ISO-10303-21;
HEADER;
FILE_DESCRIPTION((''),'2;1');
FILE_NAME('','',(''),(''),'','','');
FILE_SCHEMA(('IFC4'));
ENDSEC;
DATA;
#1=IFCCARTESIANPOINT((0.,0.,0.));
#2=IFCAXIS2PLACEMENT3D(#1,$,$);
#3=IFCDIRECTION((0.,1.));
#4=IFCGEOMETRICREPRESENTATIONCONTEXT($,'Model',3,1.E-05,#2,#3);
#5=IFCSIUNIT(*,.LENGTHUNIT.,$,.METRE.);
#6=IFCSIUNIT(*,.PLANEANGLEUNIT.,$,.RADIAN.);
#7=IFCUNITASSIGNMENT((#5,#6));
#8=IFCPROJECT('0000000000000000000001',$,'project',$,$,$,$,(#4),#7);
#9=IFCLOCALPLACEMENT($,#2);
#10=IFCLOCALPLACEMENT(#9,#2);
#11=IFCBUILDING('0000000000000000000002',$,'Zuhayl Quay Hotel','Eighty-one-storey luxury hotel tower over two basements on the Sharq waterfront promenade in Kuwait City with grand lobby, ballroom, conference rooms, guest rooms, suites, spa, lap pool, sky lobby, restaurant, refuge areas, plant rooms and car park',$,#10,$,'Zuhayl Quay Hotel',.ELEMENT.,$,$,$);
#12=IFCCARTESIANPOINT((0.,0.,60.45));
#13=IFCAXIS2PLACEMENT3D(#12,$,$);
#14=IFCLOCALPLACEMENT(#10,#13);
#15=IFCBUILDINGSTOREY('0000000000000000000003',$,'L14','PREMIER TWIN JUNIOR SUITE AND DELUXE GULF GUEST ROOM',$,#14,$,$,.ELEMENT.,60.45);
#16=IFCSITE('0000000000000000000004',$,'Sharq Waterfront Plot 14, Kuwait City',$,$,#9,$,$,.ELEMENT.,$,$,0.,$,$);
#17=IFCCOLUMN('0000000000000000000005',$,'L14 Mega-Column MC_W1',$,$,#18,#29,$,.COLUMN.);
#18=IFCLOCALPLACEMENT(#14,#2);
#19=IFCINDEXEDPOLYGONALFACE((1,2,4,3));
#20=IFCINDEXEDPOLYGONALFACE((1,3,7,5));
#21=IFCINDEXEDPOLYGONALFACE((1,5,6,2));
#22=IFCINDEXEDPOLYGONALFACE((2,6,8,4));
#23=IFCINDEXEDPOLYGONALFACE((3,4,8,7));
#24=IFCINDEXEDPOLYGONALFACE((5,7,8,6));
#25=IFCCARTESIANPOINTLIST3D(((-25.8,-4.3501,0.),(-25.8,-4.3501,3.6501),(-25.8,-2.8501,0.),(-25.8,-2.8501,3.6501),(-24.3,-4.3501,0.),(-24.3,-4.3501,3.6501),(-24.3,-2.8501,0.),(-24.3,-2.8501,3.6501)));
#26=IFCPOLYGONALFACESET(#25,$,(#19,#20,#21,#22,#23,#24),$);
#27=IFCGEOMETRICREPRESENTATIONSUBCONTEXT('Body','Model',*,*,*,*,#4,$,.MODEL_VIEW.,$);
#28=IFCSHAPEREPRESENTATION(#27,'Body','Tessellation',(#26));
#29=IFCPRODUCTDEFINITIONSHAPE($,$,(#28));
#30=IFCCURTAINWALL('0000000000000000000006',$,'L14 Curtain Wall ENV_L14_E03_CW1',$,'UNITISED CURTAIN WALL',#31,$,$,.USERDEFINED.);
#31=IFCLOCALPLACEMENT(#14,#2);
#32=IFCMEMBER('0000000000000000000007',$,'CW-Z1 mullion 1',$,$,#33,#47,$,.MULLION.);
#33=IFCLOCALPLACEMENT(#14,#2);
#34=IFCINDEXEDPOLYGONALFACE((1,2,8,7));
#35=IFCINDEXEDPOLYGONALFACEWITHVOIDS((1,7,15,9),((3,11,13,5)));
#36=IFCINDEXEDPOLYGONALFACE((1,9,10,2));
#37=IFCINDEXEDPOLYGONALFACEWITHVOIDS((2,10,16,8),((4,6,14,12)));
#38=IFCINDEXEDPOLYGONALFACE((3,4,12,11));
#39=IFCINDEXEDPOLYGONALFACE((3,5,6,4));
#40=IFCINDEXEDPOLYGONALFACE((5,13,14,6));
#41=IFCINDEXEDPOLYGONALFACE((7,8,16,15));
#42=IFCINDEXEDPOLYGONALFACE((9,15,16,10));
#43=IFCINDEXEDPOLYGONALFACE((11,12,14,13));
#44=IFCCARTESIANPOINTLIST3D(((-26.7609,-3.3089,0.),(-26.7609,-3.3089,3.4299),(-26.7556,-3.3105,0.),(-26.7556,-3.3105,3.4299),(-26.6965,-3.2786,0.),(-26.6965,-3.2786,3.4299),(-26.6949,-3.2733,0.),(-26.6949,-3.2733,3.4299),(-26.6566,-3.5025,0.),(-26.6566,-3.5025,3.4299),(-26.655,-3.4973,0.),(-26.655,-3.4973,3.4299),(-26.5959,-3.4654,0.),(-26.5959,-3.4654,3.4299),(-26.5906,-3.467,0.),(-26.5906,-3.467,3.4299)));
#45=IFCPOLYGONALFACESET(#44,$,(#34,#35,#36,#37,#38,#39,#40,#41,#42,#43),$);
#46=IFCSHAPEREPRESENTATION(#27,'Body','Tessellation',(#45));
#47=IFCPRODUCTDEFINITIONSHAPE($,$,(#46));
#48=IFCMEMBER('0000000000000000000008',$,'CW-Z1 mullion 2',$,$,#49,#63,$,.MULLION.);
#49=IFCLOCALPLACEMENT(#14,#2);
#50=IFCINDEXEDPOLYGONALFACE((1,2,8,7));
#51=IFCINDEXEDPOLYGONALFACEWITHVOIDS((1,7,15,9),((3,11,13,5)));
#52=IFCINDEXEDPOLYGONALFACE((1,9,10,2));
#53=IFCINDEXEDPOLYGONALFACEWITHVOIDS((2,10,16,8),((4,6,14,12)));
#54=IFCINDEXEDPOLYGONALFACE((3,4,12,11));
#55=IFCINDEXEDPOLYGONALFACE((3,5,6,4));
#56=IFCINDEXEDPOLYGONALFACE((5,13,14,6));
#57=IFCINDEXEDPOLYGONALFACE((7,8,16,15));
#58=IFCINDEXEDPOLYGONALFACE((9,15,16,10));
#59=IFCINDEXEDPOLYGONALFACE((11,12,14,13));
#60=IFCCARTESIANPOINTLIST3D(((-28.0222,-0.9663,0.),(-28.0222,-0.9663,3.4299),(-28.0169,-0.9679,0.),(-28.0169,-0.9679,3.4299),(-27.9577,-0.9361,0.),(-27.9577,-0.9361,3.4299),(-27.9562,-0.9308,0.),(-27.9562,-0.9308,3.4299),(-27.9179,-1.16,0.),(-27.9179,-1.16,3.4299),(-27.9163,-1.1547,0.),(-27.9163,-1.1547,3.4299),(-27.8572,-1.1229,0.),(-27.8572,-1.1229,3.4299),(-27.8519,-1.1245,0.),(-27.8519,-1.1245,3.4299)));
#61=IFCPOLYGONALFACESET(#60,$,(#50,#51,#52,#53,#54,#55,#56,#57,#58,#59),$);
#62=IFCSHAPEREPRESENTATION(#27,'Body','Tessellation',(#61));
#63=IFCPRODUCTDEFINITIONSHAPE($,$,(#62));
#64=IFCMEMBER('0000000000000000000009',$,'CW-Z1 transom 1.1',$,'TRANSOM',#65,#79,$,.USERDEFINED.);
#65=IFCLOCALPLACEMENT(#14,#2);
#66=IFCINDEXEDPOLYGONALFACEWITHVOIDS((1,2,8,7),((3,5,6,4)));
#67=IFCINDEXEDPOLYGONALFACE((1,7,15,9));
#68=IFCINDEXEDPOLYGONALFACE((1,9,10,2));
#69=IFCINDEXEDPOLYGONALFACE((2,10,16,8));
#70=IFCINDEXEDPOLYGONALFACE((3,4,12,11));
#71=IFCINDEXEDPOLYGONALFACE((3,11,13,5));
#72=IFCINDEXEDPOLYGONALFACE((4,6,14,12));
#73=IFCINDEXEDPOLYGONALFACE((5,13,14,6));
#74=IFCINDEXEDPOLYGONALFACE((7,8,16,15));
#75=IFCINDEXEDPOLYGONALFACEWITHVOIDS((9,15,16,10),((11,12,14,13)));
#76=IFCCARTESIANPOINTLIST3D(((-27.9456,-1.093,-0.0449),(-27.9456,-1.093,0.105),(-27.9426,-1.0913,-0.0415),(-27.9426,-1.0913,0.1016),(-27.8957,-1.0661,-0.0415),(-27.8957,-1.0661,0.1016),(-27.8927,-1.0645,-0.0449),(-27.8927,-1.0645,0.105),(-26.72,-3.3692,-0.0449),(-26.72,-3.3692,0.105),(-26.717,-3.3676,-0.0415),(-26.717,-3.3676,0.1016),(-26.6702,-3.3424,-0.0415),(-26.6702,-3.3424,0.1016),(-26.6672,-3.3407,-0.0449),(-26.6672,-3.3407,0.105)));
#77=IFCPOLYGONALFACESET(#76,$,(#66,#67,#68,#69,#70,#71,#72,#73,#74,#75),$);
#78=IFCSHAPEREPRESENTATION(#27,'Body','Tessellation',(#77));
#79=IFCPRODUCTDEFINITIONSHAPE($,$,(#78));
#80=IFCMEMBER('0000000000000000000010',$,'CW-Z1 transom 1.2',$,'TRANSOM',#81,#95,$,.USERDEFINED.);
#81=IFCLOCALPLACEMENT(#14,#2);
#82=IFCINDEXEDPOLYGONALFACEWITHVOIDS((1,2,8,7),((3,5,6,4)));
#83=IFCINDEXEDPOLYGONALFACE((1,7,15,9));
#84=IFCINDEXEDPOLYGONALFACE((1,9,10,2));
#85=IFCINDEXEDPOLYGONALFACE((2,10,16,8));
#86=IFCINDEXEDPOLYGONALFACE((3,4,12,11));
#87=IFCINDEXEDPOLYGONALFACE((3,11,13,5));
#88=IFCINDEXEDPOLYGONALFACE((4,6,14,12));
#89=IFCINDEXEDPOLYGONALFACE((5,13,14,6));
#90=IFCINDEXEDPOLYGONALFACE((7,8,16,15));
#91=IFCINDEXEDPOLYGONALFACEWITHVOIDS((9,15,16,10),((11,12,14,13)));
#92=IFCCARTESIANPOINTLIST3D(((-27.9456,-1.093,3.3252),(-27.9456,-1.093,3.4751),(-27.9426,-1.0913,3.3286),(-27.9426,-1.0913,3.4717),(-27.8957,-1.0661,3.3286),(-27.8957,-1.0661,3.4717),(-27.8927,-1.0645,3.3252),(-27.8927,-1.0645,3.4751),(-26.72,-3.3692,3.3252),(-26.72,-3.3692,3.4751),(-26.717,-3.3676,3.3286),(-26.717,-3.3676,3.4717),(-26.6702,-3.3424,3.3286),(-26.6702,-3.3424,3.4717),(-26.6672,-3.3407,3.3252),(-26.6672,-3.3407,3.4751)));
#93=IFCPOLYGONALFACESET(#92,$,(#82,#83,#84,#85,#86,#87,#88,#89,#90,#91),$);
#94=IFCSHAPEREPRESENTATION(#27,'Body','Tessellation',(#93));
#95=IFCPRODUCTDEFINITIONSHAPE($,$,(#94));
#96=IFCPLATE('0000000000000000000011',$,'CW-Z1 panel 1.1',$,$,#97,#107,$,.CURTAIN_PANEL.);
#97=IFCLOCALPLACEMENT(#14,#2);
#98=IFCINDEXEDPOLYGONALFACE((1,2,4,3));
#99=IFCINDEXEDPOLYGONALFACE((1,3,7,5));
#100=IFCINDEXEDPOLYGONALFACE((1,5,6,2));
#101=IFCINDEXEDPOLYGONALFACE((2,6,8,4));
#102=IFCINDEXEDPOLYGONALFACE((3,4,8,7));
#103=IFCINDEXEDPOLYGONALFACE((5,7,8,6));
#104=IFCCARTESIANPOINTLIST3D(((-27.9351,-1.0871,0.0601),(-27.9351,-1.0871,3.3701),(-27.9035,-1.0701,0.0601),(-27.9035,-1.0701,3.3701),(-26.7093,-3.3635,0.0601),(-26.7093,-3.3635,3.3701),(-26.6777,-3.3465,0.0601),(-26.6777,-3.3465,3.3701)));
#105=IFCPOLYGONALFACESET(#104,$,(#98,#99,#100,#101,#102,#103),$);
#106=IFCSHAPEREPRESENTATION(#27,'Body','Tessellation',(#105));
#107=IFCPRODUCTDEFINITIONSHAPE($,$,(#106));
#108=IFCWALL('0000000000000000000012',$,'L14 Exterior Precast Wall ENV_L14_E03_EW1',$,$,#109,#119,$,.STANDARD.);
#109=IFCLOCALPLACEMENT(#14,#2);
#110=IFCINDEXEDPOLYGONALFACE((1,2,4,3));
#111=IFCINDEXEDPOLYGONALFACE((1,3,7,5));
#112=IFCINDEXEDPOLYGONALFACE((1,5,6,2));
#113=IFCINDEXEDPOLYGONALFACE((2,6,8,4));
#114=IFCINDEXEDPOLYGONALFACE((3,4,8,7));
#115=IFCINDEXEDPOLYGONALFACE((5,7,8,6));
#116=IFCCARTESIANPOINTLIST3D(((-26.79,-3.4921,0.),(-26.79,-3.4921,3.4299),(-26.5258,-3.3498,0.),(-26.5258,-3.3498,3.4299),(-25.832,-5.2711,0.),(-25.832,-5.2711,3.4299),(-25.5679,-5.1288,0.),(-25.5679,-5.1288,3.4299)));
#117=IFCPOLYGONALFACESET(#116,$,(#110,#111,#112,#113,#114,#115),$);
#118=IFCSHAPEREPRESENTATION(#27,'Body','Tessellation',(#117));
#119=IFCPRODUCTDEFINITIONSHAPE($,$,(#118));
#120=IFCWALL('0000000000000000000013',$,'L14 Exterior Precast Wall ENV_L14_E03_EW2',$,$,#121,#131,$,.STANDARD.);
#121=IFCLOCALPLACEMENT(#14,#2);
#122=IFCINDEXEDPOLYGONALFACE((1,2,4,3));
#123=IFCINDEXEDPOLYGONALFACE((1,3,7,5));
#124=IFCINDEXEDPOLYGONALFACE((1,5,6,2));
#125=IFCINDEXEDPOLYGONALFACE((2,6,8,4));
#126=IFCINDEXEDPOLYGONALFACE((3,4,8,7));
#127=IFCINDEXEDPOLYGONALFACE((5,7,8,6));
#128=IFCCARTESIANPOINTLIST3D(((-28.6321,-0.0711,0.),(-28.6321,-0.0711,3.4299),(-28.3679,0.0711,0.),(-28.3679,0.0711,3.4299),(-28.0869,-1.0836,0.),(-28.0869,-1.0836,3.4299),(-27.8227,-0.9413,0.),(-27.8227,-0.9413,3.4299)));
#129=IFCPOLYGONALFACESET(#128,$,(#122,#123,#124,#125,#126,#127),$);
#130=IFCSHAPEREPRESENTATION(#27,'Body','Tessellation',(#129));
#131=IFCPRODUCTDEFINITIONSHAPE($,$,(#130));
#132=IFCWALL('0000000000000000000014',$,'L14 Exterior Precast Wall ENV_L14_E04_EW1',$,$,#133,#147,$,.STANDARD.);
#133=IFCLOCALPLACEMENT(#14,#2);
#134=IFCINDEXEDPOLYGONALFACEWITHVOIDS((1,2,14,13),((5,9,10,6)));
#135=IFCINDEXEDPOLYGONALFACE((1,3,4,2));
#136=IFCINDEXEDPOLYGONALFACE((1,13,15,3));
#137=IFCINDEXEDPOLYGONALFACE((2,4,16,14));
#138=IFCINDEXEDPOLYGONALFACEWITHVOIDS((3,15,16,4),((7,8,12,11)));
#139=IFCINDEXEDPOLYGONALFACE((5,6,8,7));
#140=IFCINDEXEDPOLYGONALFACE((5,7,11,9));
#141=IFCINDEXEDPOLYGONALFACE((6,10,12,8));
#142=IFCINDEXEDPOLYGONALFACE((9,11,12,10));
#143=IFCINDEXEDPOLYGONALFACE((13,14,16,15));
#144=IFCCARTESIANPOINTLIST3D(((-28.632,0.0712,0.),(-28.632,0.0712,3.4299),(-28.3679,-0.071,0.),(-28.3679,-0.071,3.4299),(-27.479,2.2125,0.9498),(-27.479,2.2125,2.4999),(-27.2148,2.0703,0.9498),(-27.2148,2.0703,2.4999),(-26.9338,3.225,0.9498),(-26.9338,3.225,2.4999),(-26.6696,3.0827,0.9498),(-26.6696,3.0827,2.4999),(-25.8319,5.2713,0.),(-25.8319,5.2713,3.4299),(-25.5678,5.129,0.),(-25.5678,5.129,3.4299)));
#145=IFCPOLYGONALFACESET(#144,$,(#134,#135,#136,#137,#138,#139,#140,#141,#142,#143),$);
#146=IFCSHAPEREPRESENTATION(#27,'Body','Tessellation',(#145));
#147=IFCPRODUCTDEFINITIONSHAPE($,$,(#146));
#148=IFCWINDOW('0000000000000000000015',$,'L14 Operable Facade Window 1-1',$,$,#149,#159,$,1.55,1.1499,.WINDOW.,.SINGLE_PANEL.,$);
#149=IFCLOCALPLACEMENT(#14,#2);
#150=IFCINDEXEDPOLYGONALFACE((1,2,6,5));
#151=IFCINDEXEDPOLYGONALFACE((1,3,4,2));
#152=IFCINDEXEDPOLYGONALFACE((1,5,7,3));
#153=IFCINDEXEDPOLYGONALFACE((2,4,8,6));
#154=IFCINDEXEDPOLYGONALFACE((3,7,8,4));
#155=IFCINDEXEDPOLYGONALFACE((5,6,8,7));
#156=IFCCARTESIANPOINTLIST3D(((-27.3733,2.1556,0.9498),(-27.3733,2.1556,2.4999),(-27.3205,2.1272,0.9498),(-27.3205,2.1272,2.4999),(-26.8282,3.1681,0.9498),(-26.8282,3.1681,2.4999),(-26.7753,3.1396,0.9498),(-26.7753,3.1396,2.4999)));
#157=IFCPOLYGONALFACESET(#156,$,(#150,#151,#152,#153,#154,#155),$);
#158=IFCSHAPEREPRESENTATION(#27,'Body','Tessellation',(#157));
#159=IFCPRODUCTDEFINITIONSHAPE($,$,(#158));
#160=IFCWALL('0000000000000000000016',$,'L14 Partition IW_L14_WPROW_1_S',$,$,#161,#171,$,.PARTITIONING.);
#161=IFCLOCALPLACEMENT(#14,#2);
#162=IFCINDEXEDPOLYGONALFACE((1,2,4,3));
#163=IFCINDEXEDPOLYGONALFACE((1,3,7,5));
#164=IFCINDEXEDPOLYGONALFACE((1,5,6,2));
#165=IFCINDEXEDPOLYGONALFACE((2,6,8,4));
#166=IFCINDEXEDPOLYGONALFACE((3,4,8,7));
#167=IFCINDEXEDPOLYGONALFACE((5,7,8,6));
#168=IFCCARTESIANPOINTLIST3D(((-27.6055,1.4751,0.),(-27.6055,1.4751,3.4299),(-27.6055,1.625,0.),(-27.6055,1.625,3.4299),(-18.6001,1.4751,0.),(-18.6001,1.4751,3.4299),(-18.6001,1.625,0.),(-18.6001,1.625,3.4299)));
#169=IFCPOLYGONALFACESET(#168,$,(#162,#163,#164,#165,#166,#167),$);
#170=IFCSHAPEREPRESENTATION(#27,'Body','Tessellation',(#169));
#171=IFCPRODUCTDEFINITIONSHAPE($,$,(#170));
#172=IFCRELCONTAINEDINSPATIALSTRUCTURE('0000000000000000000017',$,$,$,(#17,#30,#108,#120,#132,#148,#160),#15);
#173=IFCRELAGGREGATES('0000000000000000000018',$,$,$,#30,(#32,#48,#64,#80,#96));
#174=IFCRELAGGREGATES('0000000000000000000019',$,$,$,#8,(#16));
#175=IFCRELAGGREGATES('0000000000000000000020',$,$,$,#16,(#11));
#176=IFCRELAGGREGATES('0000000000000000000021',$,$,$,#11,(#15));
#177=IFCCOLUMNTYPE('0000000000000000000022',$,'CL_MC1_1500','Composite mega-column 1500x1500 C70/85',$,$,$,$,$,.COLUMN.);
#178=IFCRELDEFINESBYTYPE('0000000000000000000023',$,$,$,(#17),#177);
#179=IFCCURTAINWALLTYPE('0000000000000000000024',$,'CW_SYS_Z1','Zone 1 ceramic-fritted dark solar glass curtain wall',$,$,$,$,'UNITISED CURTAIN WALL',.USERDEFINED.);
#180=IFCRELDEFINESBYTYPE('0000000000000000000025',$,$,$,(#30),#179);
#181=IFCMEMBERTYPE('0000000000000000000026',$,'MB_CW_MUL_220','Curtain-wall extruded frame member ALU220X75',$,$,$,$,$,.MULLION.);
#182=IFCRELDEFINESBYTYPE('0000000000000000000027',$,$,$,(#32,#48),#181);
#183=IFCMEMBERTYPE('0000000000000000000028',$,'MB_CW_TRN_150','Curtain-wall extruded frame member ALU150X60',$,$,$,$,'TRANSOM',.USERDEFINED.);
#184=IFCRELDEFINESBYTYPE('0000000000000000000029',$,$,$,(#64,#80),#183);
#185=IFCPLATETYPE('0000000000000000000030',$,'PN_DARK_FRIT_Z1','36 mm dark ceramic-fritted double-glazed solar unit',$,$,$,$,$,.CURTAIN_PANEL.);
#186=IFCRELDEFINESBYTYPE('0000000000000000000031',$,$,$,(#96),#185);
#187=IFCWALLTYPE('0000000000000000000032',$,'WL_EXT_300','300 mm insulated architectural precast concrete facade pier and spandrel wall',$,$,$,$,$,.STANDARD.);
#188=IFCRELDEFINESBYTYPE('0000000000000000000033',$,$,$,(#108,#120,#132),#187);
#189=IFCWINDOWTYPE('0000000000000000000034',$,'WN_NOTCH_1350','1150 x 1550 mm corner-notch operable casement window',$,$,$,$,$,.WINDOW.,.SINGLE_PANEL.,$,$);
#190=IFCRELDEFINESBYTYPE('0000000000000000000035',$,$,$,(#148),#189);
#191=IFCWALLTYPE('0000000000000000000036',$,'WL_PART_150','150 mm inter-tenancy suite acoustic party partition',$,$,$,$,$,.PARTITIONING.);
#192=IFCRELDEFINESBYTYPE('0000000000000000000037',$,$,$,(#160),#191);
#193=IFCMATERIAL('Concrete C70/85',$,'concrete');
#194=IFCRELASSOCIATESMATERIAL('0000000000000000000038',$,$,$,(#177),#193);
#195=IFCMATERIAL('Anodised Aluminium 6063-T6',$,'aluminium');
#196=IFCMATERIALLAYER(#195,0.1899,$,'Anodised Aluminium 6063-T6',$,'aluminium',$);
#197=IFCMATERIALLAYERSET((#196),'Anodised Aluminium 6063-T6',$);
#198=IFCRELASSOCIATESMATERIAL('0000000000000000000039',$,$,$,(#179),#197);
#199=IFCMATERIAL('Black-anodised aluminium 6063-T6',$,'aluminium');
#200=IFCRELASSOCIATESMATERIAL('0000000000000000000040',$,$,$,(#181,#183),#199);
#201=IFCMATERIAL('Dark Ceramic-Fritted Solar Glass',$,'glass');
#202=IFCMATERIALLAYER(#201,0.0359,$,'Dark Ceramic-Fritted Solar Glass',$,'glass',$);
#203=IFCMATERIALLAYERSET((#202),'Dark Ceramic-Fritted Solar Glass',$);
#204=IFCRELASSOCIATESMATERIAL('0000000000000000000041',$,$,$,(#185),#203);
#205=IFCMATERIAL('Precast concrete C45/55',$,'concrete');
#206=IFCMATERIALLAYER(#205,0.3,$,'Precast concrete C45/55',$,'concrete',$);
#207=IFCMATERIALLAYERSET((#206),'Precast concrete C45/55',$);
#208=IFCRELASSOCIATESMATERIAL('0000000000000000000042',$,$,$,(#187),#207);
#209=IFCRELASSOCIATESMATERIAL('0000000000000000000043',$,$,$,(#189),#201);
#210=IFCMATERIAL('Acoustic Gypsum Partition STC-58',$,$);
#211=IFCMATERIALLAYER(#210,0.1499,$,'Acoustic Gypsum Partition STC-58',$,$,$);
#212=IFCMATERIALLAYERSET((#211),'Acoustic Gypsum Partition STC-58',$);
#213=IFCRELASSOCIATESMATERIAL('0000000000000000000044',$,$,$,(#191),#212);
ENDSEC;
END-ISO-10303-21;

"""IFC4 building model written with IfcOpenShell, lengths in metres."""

from ifc_helpers import new_model, si_unit, direction, frame, frame_2d, origin, origin_2d, place, context, subcontext, project, spatial, rectangle, hollow_rectangle, extrude, material, layer, layer_set, material_profile, profile_set, type_object, element, fill, aggregate, save


model = new_model("IFC4")

# Units and contexts
model_context = context("Model", 3, precision=1e-05, world=origin(), true_north=direction((0.0, 1.0)))
body_context = subcontext(model_context, "Body", "Model", "MODEL_VIEW")
ifc_project = project(units=[si_unit("LENGTHUNIT", "METRE"), si_unit("PLANEANGLEUNIT", "RADIAN")], contexts=[model_context])

# Site, building, storey
site_placement = place(None, origin())
site = spatial("IfcSite", under=ifc_project, at=site_placement, Name="Sharq Waterfront Plot 14, Kuwait City", CompositionType="ELEMENT", RefElevation=0.0)
building_placement = place(site_placement, origin())
building = spatial("IfcBuilding", under=site, at=building_placement, Name="Zuhayl Quay Hotel", Description="Eighty-one-storey luxury hotel tower over two basements on the Sharq waterfront promenade in Kuwait City with grand lobby, ballroom, conference rooms, guest rooms, suites, spa, lap pool, sky lobby, restaurant, refuge areas, plant rooms and car park", LongName="Zuhayl Quay Hotel", CompositionType="ELEMENT")
storey_placement = place(building_placement, frame((0.0, 0.0, 60.45)))
storey = spatial("IfcBuildingStorey", under=building, at=storey_placement, Name="L14", Description="PREMIER TWIN JUNIOR SUITE AND DELUXE GULF GUEST ROOM", CompositionType="ELEMENT", Elevation=60.45)

# Column
ifc_material_1 = material(Name="Concrete C70/85", Category="concrete")
ifc_material_profile_1 = material_profile(ifc_material_1, rectangle(XDim=1.5, YDim=1.5, at=origin_2d()), Name="RC1500X1500")
ifc_profile_set_1 = profile_set([ifc_material_profile_1], Name="Concrete C70/85")
column_type = type_object("IfcColumnType", Name="CL_MC1_1500", Description="Composite mega-column 1500x1500 C70/85", PredefinedType="COLUMN", material=ifc_profile_set_1)
column_placement = place(storey_placement, frame((-25.05, -3.6001, 0.0), z_axis=(0.0, 0.0, 1.0), x_axis=(1.0, 0.0, 0.0)))
element("IfcColumn", 1, at=column_placement, inside=storey, type_object=column_type, Name="L14 Mega-Column MC_W1", PredefinedType="COLUMN", context=body_context, shape_type="SweptSolid", body=[
    extrude(rectangle(XDim=1.5, YDim=1.5, at=origin_2d()), origin(), (0.0, 0.0, 1.0), 3.6501),
])

# Curtain wall, members, plate
ifc_material_2 = material(Name="Anodised Aluminium 6063-T6", Category="aluminium")
ifc_layer_1 = layer(ifc_material_2, 0.1899, Name="Anodised Aluminium 6063-T6", Category="aluminium")
ifc_layer_set_1 = layer_set([ifc_layer_1], Name="Anodised Aluminium 6063-T6")
curtain_wall_type = type_object("IfcCurtainWallType", Name="CW_SYS_Z1", Description="Zone 1 ceramic-fritted dark solar glass curtain wall", ElementType="UNITISED CURTAIN WALL", PredefinedType="USERDEFINED", material=ifc_layer_set_1)
curtain_wall_placement = place(storey_placement, origin())
curtain_wall = element("IfcCurtainWall", 2, at=curtain_wall_placement, inside=storey, type_object=curtain_wall_type, Name="L14 Curtain Wall ENV_L14_E03_CW1", ObjectType="UNITISED CURTAIN WALL", PredefinedType="USERDEFINED")
ifc_material_3 = material(Name="Black-anodised aluminium 6063-T6", Category="aluminium")
ifc_material_profile_2 = material_profile(ifc_material_3, hollow_rectangle(XDim=0.075, YDim=0.22, WallThickness=0.0039, at=origin_2d()), Name="ALU220X75")
ifc_profile_set_2 = profile_set([ifc_material_profile_2], Name="Black-anodised aluminium 6063-T6")
member_type_1 = type_object("IfcMemberType", Name="MB_CW_MUL_220", Description="Curtain-wall extruded frame member ALU220X75", PredefinedType="MULLION", material=ifc_profile_set_2)
member_1_placement = place(storey_placement, frame((-26.6758, -3.3879, 0.0), z_axis=(0.0, 0.0, 1.0), x_axis=(-0.880476, -0.474091, 0.0)))
member_1 = element("IfcMember", 3, at=member_1_placement, type_object=member_type_1, Name="CW-Z1 mullion 1", PredefinedType="MULLION", context=body_context, shape_type="SweptSolid", body=[
    extrude(hollow_rectangle(XDim=0.075, YDim=0.22, WallThickness=0.0039, at=origin_2d()), origin(), (0.0, 0.0, 1.0), 3.4299),
])
member_2_placement = place(storey_placement, frame((-27.937, -1.0454, 0.0), z_axis=(0.0, 0.0, 1.0), x_axis=(-0.880476, -0.474091, 0.0)))
member_2 = element("IfcMember", 4, at=member_2_placement, type_object=member_type_1, Name="CW-Z1 mullion 2", PredefinedType="MULLION", context=body_context, shape_type="SweptSolid", body=[
    extrude(hollow_rectangle(XDim=0.075, YDim=0.22, WallThickness=0.0039, at=origin_2d()), origin(), (0.0, 0.0, 1.0), 3.4299),
])
ifc_material_profile_3 = material_profile(ifc_material_3, hollow_rectangle(XDim=0.0601, YDim=0.1499, WallThickness=0.0034, at=origin_2d()), Name="ALU150X60")
ifc_profile_set_3 = profile_set([ifc_material_profile_3], Name="Black-anodised aluminium 6063-T6")
member_type_2 = type_object("IfcMemberType", Name="MB_CW_TRN_150", Description="Curtain-wall extruded frame member ALU150X60", ElementType="TRANSOM", PredefinedType="USERDEFINED", material=ifc_profile_set_3)
member_3_placement = place(storey_placement, frame((-26.6936, -3.355, 0.03), z_axis=(-0.474055, 0.880495, 0.0), x_axis=(-0.880495, -0.474055, 0.0)))
member_3 = element("IfcMember", 5, at=member_3_placement, type_object=member_type_2, Name="CW-Z1 transom 1.1", ObjectType="TRANSOM", PredefinedType="USERDEFINED", context=body_context, shape_type="SweptSolid", body=[
    extrude(hollow_rectangle(XDim=0.0601, YDim=0.1499, WallThickness=0.0034, at=origin_2d()), origin(), (0.0, 0.0, 1.0), 2.5852),
])
member_4_placement = place(storey_placement, frame((-26.6936, -3.355, 3.4001), z_axis=(-0.474055, 0.880495, 0.0), x_axis=(-0.880495, -0.474055, 0.0)))
member_4 = element("IfcMember", 6, at=member_4_placement, type_object=member_type_2, Name="CW-Z1 transom 1.2", ObjectType="TRANSOM", PredefinedType="USERDEFINED", context=body_context, shape_type="SweptSolid", body=[
    extrude(hollow_rectangle(XDim=0.0601, YDim=0.1499, WallThickness=0.0034, at=origin_2d()), origin(), (0.0, 0.0, 1.0), 2.5852),
])
ifc_material_4 = material(Name="Dark Ceramic-Fritted Solar Glass", Category="glass")
ifc_layer_2 = layer(ifc_material_4, 0.0359, Name="Dark Ceramic-Fritted Solar Glass", Category="glass")
ifc_layer_set_2 = layer_set([ifc_layer_2], Name="Dark Ceramic-Fritted Solar Glass")
plate_type = type_object("IfcPlateType", Name="PN_DARK_FRIT_Z1", Description="36 mm dark ceramic-fritted double-glazed solar unit", PredefinedType="CURTAIN_PANEL", material=ifc_layer_set_2)
plate_placement = place(storey_placement, frame((-27.3064, -2.2168, 0.0601), z_axis=(0.0, 0.0, 1.0), x_axis=(-0.474091, 0.880476, 0.0)))
plate = element("IfcPlate", 7, at=plate_placement, type_object=plate_type, Name="CW-Z1 panel 1.1", PredefinedType="CURTAIN_PANEL", context=body_context, shape_type="SweptSolid", body=[
    extrude(rectangle(XDim=2.5854, YDim=0.0359, at=origin_2d()), origin(), (0.0, 0.0, 1.0), 3.3101),
])
aggregate(curtain_wall, [member_1, member_2, member_3, member_4, plate])

# Walls
ifc_material_5 = material(Name="Precast concrete C45/55", Category="concrete")
ifc_layer_3 = layer(ifc_material_5, 0.3, Name="Precast concrete C45/55", Category="concrete")
ifc_layer_set_3 = layer_set([ifc_layer_3], Name="Precast concrete C45/55")
wall_type_1 = type_object("IfcWallType", Name="WL_EXT_300", Description="300 mm insulated architectural precast concrete facade pier and spandrel wall", PredefinedType="STANDARD", material=ifc_layer_set_3)
wall_1_placement = place(storey_placement, frame((-25.7, -5.2, 0.0), z_axis=(0.0, 0.0, 1.0), x_axis=(-0.474121, 0.880459, 0.0)))
element("IfcWall", 8, at=wall_1_placement, inside=storey, type_object=wall_type_1, Name="L14 Exterior Precast Wall ENV_L14_E03_EW1", PredefinedType="STANDARD", context=body_context, shape_type="SweptSolid", body=[
    extrude(rectangle(XDim=2.0205, YDim=0.3, at=frame_2d((1.0103, 0.0))), origin(), (0.0, 0.0, 1.0), 3.4299),
])
wall_2_placement = place(storey_placement, frame((-27.9548, -1.0125, 0.0), z_axis=(0.0, 0.0, 1.0), x_axis=(-0.4741, 0.880471, 0.0)))
element("IfcWall", 9, at=wall_2_placement, inside=storey, type_object=wall_type_1, Name="L14 Exterior Precast Wall ENV_L14_E03_EW2", PredefinedType="STANDARD", context=body_context, shape_type="SweptSolid", body=[
    extrude(rectangle(XDim=1.1499, YDim=0.3, at=frame_2d((0.575, 0.0))), origin(), (0.0, 0.0, 1.0), 3.4299),
])

# Wall, opening, window
wall_3_placement = place(storey_placement, frame((-28.5, 0.0, 0.0), z_axis=(0.0, 0.0, 1.0), x_axis=(0.47411, 0.880466, 0.0)))
wall_3 = element("IfcWall", 10, at=wall_3_placement, inside=storey, type_object=wall_type_1, Name="L14 Exterior Precast Wall ENV_L14_E04_EW1", PredefinedType="STANDARD", context=body_context, shape_type="SweptSolid", body=[
    extrude(rectangle(XDim=5.906, YDim=0.3, at=frame_2d((2.9531, 0.0))), origin(), (0.0, 0.0, 1.0), 3.4299),
])
opening_1_placement = place(wall_3_placement, frame((2.4321, 0.0, 0.95)))
opening_1 = element("IfcOpeningElement", 11, at=opening_1_placement, cuts=wall_3, PredefinedType="OPENING", context=body_context, shape_type="SweptSolid", body=[
    extrude(rectangle(XDim=1.1499, YDim=1.55, at=frame_2d((0.575, 0.7749))), frame((0.0, 0.1599, 0.0), z_axis=(0.0, -1.0, 0.0), x_axis=(1.0, 0.0, 0.0)), (0.0, 0.0, 1.0), 0.3201),
])
window_type = type_object("IfcWindowType", Name="WN_NOTCH_1350", Description="1150 x 1550 mm corner-notch operable casement window", PartitioningType="SINGLE_PANEL", PredefinedType="WINDOW", material=ifc_material_4)
window_placement = place(opening_1_placement, origin())
window = element("IfcWindow", 12, at=window_placement, inside=storey, type_object=window_type, Name="L14 Operable Facade Window 1-1", OverallHeight=1.55, OverallWidth=1.1499, PartitioningType="SINGLE_PANEL", PredefinedType="WINDOW", context=body_context, shape_type="SweptSolid", body=[
    extrude(rectangle(XDim=1.1499, YDim=1.55, at=frame_2d((0.575, 0.7749))), frame((0.0, 0.03, 0.0), z_axis=(0.0, -1.0, 0.0), x_axis=(1.0, 0.0, 0.0)), (0.0, 0.0, 1.0), 0.0601),
])
fill(opening_1, window)

# Wall
ifc_material_6 = material(Name="Acoustic Gypsum Partition STC-58")
ifc_layer_4 = layer(ifc_material_6, 0.1499, Name="Acoustic Gypsum Partition STC-58")
ifc_layer_set_4 = layer_set([ifc_layer_4], Name="Acoustic Gypsum Partition STC-58")
wall_type_2 = type_object("IfcWallType", Name="WL_PART_150", Description="150 mm inter-tenancy suite acoustic party partition", PredefinedType="PARTITIONING", material=ifc_layer_set_4)
wall_4_placement = place(storey_placement, frame((-27.6055, 1.55, 0.0), z_axis=(0.0, 0.0, 1.0), x_axis=(1.0, 0.0, 0.0)))
element("IfcWall", 13, at=wall_4_placement, inside=storey, type_object=wall_type_2, Name="L14 Partition IW_L14_WPROW_1_S", PredefinedType="PARTITIONING", context=body_context, shape_type="SweptSolid", body=[
    extrude(rectangle(XDim=9.0054, YDim=0.1499, at=frame_2d((4.5027, 0.0))), origin(), (0.0, 0.0, 1.0), 3.4299),
])

save(model, "model.ifc")
